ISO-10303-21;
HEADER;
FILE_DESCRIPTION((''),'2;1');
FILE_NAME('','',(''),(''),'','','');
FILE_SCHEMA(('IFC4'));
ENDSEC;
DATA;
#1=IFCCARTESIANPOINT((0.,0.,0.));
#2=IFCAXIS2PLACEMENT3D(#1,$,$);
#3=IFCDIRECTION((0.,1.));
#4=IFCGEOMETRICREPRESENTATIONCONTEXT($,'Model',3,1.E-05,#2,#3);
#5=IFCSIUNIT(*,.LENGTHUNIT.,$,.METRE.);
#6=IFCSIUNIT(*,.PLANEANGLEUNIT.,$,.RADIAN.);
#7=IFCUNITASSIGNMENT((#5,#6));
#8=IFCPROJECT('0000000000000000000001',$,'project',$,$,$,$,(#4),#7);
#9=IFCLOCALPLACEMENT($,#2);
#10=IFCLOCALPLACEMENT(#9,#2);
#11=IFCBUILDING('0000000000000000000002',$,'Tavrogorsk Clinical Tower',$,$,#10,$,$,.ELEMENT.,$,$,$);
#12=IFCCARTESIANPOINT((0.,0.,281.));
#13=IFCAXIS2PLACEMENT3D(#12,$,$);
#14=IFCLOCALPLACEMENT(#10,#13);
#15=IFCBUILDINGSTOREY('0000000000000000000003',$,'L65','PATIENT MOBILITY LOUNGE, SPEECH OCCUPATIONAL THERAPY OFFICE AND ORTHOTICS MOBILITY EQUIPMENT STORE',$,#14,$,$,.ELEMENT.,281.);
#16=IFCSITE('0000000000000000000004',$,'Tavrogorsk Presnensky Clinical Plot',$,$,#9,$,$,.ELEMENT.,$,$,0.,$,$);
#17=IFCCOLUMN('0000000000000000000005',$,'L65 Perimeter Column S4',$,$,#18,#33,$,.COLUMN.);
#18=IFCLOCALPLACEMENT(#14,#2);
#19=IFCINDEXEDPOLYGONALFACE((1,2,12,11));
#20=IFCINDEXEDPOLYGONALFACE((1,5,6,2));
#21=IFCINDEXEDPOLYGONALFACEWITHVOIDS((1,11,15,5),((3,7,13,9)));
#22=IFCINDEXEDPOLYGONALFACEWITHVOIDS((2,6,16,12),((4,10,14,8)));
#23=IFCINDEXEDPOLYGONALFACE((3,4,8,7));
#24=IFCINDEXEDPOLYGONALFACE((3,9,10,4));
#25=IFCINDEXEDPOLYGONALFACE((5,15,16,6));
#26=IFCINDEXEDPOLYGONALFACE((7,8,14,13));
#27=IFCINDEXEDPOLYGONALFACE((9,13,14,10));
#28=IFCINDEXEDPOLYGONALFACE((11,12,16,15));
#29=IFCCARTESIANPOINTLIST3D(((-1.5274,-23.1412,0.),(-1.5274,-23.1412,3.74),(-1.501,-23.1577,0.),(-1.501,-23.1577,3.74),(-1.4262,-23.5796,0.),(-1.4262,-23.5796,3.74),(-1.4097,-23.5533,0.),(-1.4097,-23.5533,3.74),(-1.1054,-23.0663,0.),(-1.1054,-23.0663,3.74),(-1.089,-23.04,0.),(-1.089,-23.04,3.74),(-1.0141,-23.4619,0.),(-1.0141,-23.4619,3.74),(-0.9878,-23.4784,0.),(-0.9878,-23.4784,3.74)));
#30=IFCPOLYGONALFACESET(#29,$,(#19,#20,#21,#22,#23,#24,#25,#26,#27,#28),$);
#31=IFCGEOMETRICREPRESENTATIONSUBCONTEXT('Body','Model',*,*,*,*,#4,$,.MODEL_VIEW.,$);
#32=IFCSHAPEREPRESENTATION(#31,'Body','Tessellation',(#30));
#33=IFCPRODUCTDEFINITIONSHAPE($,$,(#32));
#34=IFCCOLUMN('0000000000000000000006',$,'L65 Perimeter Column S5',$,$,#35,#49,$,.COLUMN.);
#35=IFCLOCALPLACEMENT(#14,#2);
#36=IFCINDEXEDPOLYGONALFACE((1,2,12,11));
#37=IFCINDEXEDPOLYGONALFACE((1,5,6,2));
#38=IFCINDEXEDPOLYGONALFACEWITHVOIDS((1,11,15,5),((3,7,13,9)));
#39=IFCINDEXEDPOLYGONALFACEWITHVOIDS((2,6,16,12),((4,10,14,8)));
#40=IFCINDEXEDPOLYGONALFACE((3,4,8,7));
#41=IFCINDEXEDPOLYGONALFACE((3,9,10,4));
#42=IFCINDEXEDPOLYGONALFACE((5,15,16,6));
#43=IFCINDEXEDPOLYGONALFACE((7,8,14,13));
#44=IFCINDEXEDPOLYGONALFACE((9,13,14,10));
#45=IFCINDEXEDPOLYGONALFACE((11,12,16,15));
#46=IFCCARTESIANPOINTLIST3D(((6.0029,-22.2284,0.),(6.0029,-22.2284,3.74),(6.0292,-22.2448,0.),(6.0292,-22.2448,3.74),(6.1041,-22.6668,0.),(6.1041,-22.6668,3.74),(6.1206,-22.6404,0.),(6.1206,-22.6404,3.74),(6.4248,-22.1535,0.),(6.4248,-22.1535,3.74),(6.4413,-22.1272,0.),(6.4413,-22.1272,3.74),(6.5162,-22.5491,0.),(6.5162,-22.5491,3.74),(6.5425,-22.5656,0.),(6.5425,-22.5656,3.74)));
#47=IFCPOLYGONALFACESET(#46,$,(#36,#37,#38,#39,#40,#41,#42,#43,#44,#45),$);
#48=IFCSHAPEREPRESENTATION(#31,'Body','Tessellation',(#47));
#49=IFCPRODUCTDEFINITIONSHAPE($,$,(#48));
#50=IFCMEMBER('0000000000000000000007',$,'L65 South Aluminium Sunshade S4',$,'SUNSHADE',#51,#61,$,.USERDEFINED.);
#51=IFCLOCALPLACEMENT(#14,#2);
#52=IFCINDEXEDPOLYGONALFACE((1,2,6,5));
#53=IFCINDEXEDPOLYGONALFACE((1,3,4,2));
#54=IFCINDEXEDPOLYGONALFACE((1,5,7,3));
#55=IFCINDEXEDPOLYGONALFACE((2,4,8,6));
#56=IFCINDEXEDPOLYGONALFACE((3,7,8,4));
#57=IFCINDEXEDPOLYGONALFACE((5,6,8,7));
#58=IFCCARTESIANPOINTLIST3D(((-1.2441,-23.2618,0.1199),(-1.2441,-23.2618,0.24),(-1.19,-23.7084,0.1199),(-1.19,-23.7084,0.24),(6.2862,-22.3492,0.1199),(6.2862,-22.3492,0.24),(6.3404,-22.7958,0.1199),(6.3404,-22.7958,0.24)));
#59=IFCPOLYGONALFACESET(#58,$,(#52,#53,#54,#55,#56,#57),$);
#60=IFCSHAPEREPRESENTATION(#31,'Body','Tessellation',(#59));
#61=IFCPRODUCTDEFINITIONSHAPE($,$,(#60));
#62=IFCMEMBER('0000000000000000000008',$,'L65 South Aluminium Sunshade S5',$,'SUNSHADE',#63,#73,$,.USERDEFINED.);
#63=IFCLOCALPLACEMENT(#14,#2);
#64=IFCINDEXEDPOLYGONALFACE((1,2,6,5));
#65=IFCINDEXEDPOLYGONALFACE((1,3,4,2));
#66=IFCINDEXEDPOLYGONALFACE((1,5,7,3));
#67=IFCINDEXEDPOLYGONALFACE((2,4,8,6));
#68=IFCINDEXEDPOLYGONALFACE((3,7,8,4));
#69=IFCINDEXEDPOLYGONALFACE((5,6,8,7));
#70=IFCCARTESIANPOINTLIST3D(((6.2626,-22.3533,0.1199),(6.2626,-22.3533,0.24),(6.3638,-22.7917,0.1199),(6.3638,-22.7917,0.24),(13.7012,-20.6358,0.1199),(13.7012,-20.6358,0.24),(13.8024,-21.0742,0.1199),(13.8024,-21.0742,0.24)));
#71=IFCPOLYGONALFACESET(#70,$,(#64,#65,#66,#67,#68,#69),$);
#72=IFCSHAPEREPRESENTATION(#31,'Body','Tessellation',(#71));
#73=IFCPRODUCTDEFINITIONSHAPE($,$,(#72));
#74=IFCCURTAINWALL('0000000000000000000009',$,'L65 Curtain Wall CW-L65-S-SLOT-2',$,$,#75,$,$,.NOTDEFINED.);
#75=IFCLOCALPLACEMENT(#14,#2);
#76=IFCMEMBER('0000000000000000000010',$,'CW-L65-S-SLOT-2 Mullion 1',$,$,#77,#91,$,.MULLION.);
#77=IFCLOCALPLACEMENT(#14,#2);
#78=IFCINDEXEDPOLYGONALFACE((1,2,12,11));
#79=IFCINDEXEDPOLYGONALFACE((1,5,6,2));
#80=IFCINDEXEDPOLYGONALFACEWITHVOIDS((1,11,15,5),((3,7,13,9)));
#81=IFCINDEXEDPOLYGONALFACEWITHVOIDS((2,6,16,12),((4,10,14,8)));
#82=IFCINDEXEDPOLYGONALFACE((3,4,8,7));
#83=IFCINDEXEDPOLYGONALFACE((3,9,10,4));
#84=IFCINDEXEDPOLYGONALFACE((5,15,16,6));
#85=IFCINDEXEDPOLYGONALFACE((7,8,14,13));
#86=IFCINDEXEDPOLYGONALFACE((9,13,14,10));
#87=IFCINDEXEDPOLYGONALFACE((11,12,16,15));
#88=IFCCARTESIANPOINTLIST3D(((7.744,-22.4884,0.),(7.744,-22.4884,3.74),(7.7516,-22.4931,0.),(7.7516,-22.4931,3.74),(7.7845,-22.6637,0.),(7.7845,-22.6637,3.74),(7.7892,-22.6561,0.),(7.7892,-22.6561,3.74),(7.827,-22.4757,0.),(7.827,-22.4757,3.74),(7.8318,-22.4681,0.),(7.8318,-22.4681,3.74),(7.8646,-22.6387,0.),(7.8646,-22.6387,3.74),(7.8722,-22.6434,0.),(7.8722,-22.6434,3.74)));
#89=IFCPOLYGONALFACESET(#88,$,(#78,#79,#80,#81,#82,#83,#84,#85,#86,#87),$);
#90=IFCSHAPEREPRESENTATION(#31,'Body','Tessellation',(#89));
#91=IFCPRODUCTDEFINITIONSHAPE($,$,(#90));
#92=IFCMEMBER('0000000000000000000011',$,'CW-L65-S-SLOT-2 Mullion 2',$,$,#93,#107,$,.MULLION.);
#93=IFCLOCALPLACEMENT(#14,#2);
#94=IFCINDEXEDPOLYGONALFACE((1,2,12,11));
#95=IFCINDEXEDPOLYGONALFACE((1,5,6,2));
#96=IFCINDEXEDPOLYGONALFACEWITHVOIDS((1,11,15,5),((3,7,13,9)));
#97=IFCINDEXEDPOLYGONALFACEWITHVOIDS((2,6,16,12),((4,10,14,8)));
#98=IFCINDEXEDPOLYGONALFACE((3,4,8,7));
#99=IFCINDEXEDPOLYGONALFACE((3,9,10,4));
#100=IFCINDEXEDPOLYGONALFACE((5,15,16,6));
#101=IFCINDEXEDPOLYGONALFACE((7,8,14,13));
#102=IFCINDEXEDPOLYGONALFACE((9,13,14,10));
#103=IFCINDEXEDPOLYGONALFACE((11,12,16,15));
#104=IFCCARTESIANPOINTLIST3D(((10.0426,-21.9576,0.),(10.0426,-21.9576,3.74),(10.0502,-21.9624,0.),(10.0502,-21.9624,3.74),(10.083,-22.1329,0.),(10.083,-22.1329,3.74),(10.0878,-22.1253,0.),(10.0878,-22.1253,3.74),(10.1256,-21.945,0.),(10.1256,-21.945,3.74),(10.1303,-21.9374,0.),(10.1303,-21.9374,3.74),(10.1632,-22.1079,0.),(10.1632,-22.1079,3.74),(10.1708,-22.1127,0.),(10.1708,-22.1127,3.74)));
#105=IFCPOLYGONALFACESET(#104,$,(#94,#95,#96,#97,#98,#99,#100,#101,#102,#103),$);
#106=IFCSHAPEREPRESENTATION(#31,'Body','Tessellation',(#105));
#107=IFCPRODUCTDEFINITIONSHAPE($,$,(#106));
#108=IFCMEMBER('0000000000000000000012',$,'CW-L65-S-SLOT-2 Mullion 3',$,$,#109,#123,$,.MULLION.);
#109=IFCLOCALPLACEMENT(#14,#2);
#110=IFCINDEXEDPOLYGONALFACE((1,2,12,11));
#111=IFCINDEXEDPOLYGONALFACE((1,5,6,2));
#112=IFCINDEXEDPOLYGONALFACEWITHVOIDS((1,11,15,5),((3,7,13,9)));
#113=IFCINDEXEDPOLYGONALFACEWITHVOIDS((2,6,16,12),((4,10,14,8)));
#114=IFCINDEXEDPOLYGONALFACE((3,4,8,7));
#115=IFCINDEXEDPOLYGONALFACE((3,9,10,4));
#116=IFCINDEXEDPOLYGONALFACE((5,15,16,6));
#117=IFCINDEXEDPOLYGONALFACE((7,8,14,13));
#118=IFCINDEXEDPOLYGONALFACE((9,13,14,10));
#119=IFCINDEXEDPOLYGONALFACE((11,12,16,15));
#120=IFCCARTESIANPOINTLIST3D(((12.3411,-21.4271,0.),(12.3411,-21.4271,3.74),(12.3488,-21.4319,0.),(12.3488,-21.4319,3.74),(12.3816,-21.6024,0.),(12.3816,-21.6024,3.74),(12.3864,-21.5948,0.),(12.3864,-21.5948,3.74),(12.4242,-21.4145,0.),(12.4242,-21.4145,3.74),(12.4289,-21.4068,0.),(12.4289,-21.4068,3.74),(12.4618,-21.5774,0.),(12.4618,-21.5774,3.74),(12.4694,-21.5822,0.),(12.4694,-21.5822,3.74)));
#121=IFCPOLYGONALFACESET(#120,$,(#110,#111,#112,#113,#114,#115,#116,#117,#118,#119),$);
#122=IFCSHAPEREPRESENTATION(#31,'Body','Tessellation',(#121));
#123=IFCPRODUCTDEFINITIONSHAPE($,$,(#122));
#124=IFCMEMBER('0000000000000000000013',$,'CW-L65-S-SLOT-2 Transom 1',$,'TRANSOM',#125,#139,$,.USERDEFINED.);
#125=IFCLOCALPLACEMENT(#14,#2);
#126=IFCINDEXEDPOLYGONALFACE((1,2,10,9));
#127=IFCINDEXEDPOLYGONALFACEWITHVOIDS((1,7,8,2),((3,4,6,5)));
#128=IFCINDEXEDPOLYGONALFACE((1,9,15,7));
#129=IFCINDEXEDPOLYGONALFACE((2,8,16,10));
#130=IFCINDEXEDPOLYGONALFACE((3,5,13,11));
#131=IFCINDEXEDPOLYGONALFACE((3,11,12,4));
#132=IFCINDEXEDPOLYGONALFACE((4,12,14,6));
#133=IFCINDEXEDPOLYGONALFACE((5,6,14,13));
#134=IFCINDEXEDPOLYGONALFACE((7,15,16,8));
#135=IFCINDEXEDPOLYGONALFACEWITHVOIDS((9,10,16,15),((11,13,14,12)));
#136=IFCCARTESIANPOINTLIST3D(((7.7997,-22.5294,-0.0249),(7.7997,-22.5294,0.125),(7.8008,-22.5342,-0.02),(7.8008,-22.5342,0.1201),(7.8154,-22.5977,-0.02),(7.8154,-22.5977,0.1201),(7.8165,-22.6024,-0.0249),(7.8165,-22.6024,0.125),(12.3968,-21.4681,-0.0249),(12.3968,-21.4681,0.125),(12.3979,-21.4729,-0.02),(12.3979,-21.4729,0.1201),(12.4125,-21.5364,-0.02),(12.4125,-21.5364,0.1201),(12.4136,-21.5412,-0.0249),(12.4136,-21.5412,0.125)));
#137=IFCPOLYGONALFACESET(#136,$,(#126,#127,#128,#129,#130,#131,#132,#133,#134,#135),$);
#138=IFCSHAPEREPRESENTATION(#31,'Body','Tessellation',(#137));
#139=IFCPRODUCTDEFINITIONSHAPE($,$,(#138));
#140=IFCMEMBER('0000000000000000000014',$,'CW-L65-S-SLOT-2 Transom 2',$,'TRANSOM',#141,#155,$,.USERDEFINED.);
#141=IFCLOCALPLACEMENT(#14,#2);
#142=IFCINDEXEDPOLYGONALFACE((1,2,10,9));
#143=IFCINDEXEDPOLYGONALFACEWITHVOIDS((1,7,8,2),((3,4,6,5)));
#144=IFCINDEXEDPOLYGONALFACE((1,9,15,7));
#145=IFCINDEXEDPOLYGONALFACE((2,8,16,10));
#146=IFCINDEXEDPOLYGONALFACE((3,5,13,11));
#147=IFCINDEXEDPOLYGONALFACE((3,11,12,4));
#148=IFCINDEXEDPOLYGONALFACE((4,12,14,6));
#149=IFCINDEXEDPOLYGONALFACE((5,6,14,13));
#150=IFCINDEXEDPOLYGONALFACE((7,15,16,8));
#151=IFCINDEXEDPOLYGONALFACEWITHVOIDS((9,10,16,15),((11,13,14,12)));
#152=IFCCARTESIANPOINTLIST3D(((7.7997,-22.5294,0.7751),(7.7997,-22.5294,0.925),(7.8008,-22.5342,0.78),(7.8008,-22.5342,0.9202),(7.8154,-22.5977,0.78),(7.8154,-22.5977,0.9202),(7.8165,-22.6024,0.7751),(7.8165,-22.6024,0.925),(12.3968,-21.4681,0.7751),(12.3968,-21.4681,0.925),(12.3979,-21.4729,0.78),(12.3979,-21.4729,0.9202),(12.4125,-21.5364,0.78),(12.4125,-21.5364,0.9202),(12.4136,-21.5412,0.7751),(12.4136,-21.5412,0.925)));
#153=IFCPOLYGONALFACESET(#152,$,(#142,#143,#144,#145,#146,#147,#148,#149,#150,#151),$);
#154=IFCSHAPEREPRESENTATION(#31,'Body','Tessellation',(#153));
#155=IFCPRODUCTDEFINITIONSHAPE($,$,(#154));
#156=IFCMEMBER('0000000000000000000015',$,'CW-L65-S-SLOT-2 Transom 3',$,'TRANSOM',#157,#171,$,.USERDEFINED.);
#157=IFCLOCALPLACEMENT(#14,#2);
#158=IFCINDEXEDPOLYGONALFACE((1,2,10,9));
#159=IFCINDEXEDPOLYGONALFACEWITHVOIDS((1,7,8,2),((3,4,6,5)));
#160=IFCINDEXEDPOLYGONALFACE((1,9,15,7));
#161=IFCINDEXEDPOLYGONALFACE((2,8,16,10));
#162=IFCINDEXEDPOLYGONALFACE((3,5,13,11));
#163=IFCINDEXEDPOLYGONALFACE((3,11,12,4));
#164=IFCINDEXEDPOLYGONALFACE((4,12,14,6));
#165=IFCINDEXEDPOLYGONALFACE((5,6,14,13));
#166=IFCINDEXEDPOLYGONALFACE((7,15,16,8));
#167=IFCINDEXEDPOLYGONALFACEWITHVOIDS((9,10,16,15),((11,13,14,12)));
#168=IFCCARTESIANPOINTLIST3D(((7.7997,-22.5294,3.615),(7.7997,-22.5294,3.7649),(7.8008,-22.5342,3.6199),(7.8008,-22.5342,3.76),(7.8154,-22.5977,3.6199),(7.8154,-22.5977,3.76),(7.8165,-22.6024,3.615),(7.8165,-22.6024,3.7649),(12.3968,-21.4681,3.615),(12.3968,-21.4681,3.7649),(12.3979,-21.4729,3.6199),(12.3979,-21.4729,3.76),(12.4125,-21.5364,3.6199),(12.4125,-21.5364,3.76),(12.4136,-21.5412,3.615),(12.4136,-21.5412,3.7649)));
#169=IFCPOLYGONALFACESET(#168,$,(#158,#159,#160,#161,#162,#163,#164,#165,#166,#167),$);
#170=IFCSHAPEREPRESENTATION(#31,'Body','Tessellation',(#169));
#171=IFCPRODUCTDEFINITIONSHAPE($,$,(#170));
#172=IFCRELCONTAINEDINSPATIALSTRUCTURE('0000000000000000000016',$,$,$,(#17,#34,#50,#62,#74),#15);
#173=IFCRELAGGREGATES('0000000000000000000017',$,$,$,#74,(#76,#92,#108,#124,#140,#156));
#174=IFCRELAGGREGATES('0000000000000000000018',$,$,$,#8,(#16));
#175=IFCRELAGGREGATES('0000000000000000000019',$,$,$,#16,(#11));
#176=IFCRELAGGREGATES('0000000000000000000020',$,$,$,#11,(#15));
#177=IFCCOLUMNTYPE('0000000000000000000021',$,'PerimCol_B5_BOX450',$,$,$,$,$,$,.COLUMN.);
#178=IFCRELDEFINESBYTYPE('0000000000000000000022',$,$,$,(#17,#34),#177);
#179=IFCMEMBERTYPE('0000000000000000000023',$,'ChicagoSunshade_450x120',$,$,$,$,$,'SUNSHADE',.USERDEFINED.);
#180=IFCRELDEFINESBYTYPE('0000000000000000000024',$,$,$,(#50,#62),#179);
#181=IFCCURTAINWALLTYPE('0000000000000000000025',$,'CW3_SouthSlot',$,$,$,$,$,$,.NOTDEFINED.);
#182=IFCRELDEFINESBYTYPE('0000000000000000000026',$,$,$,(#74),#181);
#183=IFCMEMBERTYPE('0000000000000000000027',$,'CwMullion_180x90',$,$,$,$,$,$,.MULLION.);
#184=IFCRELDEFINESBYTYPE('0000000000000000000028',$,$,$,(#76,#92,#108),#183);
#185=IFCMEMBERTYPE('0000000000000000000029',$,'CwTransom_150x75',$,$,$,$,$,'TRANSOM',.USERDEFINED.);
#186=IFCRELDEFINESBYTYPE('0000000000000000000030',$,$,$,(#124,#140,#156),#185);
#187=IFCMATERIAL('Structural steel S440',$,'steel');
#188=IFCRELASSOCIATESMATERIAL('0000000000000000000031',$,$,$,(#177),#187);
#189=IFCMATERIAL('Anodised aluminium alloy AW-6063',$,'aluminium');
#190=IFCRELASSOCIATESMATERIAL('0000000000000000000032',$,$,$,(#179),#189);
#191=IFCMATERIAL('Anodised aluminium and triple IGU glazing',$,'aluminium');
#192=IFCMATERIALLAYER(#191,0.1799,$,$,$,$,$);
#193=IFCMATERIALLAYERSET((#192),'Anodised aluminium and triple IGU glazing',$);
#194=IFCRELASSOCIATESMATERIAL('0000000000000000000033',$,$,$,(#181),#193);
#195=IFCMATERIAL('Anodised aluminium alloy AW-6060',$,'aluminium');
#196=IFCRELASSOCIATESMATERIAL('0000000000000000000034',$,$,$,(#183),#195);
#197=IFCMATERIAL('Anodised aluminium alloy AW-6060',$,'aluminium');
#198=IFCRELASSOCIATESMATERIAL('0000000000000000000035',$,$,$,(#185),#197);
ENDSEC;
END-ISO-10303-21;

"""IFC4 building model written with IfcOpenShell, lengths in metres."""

from ifc_helpers import new_model, si_unit, direction, frame, origin, origin_2d, place, context, subcontext, project, spatial, rectangle, hollow_rectangle, extrude, material, layer, layer_set, material_profile, profile_set, type_object, element, aggregate, save


model = new_model("IFC4")

# Units and contexts
model_context = context("Model", 3, precision=1e-05, world=origin(), true_north=direction((0.0, 1.0)))
body_context = subcontext(model_context, "Body", "Model", "MODEL_VIEW")
ifc_project = project(units=[si_unit("LENGTHUNIT", "METRE"), si_unit("PLANEANGLEUNIT", "RADIAN")], contexts=[model_context])

# Site, building, storey
site_placement = place(None, origin())
site = spatial("IfcSite", under=ifc_project, at=site_placement, Name="Tavrogorsk Presnensky Clinical Plot", CompositionType="ELEMENT", RefElevation=0.0)
building_placement = place(site_placement, origin())
building = spatial("IfcBuilding", under=site, at=building_placement, Name="Tavrogorsk Clinical Tower", CompositionType="ELEMENT")
storey_placement = place(building_placement, frame((0.0, 0.0, 281.0)))
storey = spatial("IfcBuildingStorey", under=building, at=storey_placement, Name="L65", Description="PATIENT MOBILITY LOUNGE, SPEECH OCCUPATIONAL THERAPY OFFICE AND ORTHOTICS MOBILITY EQUIPMENT STORE", CompositionType="ELEMENT", Elevation=281.0)

# Columns
ifc_material_1 = material(Name="Structural steel S440", Category="steel")
ifc_material_profile_1 = material_profile(ifc_material_1, hollow_rectangle(XDim=0.45, YDim=0.45, WallThickness=0.022, at=origin_2d()), Name="BOX-450x450x22")
ifc_profile_set_1 = profile_set([ifc_material_profile_1], Name="Structural steel S440")
column_type = type_object("IfcColumnType", Name="PerimCol_B5_BOX450", PredefinedType="COLUMN", material=ifc_profile_set_1)
for number, where, z_axis, x_axis, name in (
    (1, (-1.2576, -23.3098, 0.0), (0.0, 0.0, 1.0), (0.97437, 0.224951, 0.0), "L65 Perimeter Column S4"),
    (2, (6.2727, -22.397, 0.0), (0.0, 0.0, 1.0), (0.97437, 0.224951, 0.0), "L65 Perimeter Column S5"),
):
    element("IfcColumn", number, at=place(storey_placement, frame(where, z_axis=z_axis, x_axis=x_axis)), inside=storey, type_object=column_type, Name=name, PredefinedType="COLUMN", context=body_context, shape_type="SweptSolid", body=[
        extrude(hollow_rectangle(XDim=0.45, YDim=0.45, WallThickness=0.022, at=origin_2d()), origin(), (0.0, 0.0, 1.0), 3.74),
    ])

# Members
ifc_material_2 = material(Name="Anodised aluminium alloy AW-6063", Category="aluminium")
ifc_material_profile_2 = material_profile(ifc_material_2, rectangle(XDim=0.45, YDim=0.1201, at=origin_2d()), Name="ALU-SUNSHADE-450x120")
ifc_profile_set_2 = profile_set([ifc_material_profile_2], Name="Anodised aluminium alloy AW-6063")
member_type_1 = type_object("IfcMemberType", Name="ChicagoSunshade_450x120", ElementType="SUNSHADE", PredefinedType="USERDEFINED", material=ifc_profile_set_2)
member_1_placement = place(storey_placement, frame((-1.217, -23.4851, 0.1799), z_axis=(0.992736, 0.12031, 0.0), x_axis=(-0.12031, 0.992736, 0.0)))
element("IfcMember", 3, at=member_1_placement, inside=storey, type_object=member_type_1, Name="L65 South Aluminium Sunshade S4", ObjectType="SUNSHADE", PredefinedType="USERDEFINED", context=body_context, shape_type="SweptSolid", body=[
    extrude(rectangle(XDim=0.45, YDim=0.1201, at=origin_2d()), origin(), (0.0, 0.0, 1.0), 7.5854),
])
member_2_placement = place(storey_placement, frame((6.3132, -22.5725, 0.1799), z_axis=(0.974364, 0.224979, 0.0), x_axis=(-0.224979, 0.974364, 0.0)))
element("IfcMember", 4, at=member_2_placement, inside=storey, type_object=member_type_1, Name="L65 South Aluminium Sunshade S5", ObjectType="SUNSHADE", PredefinedType="USERDEFINED", context=body_context, shape_type="SweptSolid", body=[
    extrude(rectangle(XDim=0.45, YDim=0.1201, at=origin_2d()), origin(), (0.0, 0.0, 1.0), 7.6343),
])

# Curtain wall, members
ifc_material_3 = material(Name="Anodised aluminium and triple IGU glazing", Category="aluminium")
ifc_layer_1 = layer(ifc_material_3, 0.1799)
ifc_layer_set_1 = layer_set([ifc_layer_1], Name="Anodised aluminium and triple IGU glazing")
curtain_wall_type = type_object("IfcCurtainWallType", Name="CW3_SouthSlot", PredefinedType="NOTDEFINED", material=ifc_layer_set_1)
curtain_wall_placement = place(storey_placement, origin())
curtain_wall = element("IfcCurtainWall", 5, at=curtain_wall_placement, inside=storey, type_object=curtain_wall_type, Name="L65 Curtain Wall CW-L65-S-SLOT-2", PredefinedType="NOTDEFINED")
ifc_material_4 = material(Name="Anodised aluminium alloy AW-6060", Category="aluminium")
ifc_material_profile_3 = material_profile(ifc_material_4, hollow_rectangle(XDim=0.0901, YDim=0.1799, WallThickness=0.0063, at=origin_2d()), Name="RHS-180x90x6.3")
ifc_profile_set_3 = profile_set([ifc_material_profile_3], Name="Anodised aluminium alloy AW-6060")
member_type_2 = type_object("IfcMemberType", Name="CwMullion_180x90", PredefinedType="MULLION", material=ifc_profile_set_3)
member_3_placement = place(storey_placement, frame((7.8081, -22.5659, 0.0), z_axis=(0.0, 0.0, 1.0), x_axis=(0.97437, 0.224951, 0.0)))
member_3 = element("IfcMember", 6, at=member_3_placement, type_object=member_type_2, Name="CW-L65-S-SLOT-2 Mullion 1", PredefinedType="MULLION", context=body_context, shape_type="SweptSolid", body=[
    extrude(hollow_rectangle(XDim=0.0901, YDim=0.1799, WallThickness=0.0063, at=origin_2d()), origin(), (0.0, 0.0, 1.0), 3.74),
])
member_4_placement = place(storey_placement, frame((10.1067, -22.0352, 0.0), z_axis=(0.0, 0.0, 1.0), x_axis=(0.97437, 0.224951, 0.0)))
member_4 = element("IfcMember", 7, at=member_4_placement, type_object=member_type_2, Name="CW-L65-S-SLOT-2 Mullion 2", PredefinedType="MULLION", context=body_context, shape_type="SweptSolid", body=[
    extrude(hollow_rectangle(XDim=0.0901, YDim=0.1799, WallThickness=0.0063, at=origin_2d()), origin(), (0.0, 0.0, 1.0), 3.74),
])
member_5_placement = place(storey_placement, frame((12.4053, -21.5046, 0.0), z_axis=(0.0, 0.0, 1.0), x_axis=(0.97437, 0.224951, 0.0)))
member_5 = element("IfcMember", 8, at=member_5_placement, type_object=member_type_2, Name="CW-L65-S-SLOT-2 Mullion 3", PredefinedType="MULLION", context=body_context, shape_type="SweptSolid", body=[
    extrude(hollow_rectangle(XDim=0.0901, YDim=0.1799, WallThickness=0.0063, at=origin_2d()), origin(), (0.0, 0.0, 1.0), 3.74),
])
ifc_material_5 = material(Name="Anodised aluminium alloy AW-6060", Category="aluminium")
ifc_material_profile_4 = material_profile(ifc_material_5, hollow_rectangle(XDim=0.075, YDim=0.1499, WallThickness=0.0049, at=origin_2d()), Name="RHS-150x75x5")
ifc_profile_set_4 = profile_set([ifc_material_profile_4], Name="Anodised aluminium alloy AW-6060")
member_type_3 = type_object("IfcMemberType", Name="CwTransom_150x75", ElementType="TRANSOM", PredefinedType="USERDEFINED", material=ifc_profile_set_4)
member_6_placement = place(storey_placement, frame((7.8081, -22.5659, 0.05), z_axis=(0.974373, 0.224939, 0.0), x_axis=(-0.224939, 0.974373, 0.0)))
member_6 = element("IfcMember", 9, at=member_6_placement, type_object=member_type_3, Name="CW-L65-S-SLOT-2 Transom 1", ObjectType="TRANSOM", PredefinedType="USERDEFINED", context=body_context, shape_type="SweptSolid", body=[
    extrude(hollow_rectangle(XDim=0.075, YDim=0.1499, WallThickness=0.0049, at=origin_2d()), origin(), (0.0, 0.0, 1.0), 4.718),
])
member_7_placement = place(storey_placement, frame((7.8081, -22.5659, 0.8501), z_axis=(0.974373, 0.224939, 0.0), x_axis=(-0.224939, 0.974373, 0.0)))
member_7 = element("IfcMember", 10, at=member_7_placement, type_object=member_type_3, Name="CW-L65-S-SLOT-2 Transom 2", ObjectType="TRANSOM", PredefinedType="USERDEFINED", context=body_context, shape_type="SweptSolid", body=[
    extrude(hollow_rectangle(XDim=0.075, YDim=0.1499, WallThickness=0.0049, at=origin_2d()), origin(), (0.0, 0.0, 1.0), 4.718),
])
member_8_placement = place(storey_placement, frame((7.8081, -22.5659, 3.6899), z_axis=(0.974373, 0.224939, 0.0), x_axis=(-0.224939, 0.974373, 0.0)))
member_8 = element("IfcMember", 11, at=member_8_placement, type_object=member_type_3, Name="CW-L65-S-SLOT-2 Transom 3", ObjectType="TRANSOM", PredefinedType="USERDEFINED", context=body_context, shape_type="SweptSolid", body=[
    extrude(hollow_rectangle(XDim=0.075, YDim=0.1499, WallThickness=0.0049, at=origin_2d()), origin(), (0.0, 0.0, 1.0), 4.718),
])

aggregate(curtain_wall, [member_3, member_4, member_5, member_6, member_7, member_8])

save(model, "model.ifc")
